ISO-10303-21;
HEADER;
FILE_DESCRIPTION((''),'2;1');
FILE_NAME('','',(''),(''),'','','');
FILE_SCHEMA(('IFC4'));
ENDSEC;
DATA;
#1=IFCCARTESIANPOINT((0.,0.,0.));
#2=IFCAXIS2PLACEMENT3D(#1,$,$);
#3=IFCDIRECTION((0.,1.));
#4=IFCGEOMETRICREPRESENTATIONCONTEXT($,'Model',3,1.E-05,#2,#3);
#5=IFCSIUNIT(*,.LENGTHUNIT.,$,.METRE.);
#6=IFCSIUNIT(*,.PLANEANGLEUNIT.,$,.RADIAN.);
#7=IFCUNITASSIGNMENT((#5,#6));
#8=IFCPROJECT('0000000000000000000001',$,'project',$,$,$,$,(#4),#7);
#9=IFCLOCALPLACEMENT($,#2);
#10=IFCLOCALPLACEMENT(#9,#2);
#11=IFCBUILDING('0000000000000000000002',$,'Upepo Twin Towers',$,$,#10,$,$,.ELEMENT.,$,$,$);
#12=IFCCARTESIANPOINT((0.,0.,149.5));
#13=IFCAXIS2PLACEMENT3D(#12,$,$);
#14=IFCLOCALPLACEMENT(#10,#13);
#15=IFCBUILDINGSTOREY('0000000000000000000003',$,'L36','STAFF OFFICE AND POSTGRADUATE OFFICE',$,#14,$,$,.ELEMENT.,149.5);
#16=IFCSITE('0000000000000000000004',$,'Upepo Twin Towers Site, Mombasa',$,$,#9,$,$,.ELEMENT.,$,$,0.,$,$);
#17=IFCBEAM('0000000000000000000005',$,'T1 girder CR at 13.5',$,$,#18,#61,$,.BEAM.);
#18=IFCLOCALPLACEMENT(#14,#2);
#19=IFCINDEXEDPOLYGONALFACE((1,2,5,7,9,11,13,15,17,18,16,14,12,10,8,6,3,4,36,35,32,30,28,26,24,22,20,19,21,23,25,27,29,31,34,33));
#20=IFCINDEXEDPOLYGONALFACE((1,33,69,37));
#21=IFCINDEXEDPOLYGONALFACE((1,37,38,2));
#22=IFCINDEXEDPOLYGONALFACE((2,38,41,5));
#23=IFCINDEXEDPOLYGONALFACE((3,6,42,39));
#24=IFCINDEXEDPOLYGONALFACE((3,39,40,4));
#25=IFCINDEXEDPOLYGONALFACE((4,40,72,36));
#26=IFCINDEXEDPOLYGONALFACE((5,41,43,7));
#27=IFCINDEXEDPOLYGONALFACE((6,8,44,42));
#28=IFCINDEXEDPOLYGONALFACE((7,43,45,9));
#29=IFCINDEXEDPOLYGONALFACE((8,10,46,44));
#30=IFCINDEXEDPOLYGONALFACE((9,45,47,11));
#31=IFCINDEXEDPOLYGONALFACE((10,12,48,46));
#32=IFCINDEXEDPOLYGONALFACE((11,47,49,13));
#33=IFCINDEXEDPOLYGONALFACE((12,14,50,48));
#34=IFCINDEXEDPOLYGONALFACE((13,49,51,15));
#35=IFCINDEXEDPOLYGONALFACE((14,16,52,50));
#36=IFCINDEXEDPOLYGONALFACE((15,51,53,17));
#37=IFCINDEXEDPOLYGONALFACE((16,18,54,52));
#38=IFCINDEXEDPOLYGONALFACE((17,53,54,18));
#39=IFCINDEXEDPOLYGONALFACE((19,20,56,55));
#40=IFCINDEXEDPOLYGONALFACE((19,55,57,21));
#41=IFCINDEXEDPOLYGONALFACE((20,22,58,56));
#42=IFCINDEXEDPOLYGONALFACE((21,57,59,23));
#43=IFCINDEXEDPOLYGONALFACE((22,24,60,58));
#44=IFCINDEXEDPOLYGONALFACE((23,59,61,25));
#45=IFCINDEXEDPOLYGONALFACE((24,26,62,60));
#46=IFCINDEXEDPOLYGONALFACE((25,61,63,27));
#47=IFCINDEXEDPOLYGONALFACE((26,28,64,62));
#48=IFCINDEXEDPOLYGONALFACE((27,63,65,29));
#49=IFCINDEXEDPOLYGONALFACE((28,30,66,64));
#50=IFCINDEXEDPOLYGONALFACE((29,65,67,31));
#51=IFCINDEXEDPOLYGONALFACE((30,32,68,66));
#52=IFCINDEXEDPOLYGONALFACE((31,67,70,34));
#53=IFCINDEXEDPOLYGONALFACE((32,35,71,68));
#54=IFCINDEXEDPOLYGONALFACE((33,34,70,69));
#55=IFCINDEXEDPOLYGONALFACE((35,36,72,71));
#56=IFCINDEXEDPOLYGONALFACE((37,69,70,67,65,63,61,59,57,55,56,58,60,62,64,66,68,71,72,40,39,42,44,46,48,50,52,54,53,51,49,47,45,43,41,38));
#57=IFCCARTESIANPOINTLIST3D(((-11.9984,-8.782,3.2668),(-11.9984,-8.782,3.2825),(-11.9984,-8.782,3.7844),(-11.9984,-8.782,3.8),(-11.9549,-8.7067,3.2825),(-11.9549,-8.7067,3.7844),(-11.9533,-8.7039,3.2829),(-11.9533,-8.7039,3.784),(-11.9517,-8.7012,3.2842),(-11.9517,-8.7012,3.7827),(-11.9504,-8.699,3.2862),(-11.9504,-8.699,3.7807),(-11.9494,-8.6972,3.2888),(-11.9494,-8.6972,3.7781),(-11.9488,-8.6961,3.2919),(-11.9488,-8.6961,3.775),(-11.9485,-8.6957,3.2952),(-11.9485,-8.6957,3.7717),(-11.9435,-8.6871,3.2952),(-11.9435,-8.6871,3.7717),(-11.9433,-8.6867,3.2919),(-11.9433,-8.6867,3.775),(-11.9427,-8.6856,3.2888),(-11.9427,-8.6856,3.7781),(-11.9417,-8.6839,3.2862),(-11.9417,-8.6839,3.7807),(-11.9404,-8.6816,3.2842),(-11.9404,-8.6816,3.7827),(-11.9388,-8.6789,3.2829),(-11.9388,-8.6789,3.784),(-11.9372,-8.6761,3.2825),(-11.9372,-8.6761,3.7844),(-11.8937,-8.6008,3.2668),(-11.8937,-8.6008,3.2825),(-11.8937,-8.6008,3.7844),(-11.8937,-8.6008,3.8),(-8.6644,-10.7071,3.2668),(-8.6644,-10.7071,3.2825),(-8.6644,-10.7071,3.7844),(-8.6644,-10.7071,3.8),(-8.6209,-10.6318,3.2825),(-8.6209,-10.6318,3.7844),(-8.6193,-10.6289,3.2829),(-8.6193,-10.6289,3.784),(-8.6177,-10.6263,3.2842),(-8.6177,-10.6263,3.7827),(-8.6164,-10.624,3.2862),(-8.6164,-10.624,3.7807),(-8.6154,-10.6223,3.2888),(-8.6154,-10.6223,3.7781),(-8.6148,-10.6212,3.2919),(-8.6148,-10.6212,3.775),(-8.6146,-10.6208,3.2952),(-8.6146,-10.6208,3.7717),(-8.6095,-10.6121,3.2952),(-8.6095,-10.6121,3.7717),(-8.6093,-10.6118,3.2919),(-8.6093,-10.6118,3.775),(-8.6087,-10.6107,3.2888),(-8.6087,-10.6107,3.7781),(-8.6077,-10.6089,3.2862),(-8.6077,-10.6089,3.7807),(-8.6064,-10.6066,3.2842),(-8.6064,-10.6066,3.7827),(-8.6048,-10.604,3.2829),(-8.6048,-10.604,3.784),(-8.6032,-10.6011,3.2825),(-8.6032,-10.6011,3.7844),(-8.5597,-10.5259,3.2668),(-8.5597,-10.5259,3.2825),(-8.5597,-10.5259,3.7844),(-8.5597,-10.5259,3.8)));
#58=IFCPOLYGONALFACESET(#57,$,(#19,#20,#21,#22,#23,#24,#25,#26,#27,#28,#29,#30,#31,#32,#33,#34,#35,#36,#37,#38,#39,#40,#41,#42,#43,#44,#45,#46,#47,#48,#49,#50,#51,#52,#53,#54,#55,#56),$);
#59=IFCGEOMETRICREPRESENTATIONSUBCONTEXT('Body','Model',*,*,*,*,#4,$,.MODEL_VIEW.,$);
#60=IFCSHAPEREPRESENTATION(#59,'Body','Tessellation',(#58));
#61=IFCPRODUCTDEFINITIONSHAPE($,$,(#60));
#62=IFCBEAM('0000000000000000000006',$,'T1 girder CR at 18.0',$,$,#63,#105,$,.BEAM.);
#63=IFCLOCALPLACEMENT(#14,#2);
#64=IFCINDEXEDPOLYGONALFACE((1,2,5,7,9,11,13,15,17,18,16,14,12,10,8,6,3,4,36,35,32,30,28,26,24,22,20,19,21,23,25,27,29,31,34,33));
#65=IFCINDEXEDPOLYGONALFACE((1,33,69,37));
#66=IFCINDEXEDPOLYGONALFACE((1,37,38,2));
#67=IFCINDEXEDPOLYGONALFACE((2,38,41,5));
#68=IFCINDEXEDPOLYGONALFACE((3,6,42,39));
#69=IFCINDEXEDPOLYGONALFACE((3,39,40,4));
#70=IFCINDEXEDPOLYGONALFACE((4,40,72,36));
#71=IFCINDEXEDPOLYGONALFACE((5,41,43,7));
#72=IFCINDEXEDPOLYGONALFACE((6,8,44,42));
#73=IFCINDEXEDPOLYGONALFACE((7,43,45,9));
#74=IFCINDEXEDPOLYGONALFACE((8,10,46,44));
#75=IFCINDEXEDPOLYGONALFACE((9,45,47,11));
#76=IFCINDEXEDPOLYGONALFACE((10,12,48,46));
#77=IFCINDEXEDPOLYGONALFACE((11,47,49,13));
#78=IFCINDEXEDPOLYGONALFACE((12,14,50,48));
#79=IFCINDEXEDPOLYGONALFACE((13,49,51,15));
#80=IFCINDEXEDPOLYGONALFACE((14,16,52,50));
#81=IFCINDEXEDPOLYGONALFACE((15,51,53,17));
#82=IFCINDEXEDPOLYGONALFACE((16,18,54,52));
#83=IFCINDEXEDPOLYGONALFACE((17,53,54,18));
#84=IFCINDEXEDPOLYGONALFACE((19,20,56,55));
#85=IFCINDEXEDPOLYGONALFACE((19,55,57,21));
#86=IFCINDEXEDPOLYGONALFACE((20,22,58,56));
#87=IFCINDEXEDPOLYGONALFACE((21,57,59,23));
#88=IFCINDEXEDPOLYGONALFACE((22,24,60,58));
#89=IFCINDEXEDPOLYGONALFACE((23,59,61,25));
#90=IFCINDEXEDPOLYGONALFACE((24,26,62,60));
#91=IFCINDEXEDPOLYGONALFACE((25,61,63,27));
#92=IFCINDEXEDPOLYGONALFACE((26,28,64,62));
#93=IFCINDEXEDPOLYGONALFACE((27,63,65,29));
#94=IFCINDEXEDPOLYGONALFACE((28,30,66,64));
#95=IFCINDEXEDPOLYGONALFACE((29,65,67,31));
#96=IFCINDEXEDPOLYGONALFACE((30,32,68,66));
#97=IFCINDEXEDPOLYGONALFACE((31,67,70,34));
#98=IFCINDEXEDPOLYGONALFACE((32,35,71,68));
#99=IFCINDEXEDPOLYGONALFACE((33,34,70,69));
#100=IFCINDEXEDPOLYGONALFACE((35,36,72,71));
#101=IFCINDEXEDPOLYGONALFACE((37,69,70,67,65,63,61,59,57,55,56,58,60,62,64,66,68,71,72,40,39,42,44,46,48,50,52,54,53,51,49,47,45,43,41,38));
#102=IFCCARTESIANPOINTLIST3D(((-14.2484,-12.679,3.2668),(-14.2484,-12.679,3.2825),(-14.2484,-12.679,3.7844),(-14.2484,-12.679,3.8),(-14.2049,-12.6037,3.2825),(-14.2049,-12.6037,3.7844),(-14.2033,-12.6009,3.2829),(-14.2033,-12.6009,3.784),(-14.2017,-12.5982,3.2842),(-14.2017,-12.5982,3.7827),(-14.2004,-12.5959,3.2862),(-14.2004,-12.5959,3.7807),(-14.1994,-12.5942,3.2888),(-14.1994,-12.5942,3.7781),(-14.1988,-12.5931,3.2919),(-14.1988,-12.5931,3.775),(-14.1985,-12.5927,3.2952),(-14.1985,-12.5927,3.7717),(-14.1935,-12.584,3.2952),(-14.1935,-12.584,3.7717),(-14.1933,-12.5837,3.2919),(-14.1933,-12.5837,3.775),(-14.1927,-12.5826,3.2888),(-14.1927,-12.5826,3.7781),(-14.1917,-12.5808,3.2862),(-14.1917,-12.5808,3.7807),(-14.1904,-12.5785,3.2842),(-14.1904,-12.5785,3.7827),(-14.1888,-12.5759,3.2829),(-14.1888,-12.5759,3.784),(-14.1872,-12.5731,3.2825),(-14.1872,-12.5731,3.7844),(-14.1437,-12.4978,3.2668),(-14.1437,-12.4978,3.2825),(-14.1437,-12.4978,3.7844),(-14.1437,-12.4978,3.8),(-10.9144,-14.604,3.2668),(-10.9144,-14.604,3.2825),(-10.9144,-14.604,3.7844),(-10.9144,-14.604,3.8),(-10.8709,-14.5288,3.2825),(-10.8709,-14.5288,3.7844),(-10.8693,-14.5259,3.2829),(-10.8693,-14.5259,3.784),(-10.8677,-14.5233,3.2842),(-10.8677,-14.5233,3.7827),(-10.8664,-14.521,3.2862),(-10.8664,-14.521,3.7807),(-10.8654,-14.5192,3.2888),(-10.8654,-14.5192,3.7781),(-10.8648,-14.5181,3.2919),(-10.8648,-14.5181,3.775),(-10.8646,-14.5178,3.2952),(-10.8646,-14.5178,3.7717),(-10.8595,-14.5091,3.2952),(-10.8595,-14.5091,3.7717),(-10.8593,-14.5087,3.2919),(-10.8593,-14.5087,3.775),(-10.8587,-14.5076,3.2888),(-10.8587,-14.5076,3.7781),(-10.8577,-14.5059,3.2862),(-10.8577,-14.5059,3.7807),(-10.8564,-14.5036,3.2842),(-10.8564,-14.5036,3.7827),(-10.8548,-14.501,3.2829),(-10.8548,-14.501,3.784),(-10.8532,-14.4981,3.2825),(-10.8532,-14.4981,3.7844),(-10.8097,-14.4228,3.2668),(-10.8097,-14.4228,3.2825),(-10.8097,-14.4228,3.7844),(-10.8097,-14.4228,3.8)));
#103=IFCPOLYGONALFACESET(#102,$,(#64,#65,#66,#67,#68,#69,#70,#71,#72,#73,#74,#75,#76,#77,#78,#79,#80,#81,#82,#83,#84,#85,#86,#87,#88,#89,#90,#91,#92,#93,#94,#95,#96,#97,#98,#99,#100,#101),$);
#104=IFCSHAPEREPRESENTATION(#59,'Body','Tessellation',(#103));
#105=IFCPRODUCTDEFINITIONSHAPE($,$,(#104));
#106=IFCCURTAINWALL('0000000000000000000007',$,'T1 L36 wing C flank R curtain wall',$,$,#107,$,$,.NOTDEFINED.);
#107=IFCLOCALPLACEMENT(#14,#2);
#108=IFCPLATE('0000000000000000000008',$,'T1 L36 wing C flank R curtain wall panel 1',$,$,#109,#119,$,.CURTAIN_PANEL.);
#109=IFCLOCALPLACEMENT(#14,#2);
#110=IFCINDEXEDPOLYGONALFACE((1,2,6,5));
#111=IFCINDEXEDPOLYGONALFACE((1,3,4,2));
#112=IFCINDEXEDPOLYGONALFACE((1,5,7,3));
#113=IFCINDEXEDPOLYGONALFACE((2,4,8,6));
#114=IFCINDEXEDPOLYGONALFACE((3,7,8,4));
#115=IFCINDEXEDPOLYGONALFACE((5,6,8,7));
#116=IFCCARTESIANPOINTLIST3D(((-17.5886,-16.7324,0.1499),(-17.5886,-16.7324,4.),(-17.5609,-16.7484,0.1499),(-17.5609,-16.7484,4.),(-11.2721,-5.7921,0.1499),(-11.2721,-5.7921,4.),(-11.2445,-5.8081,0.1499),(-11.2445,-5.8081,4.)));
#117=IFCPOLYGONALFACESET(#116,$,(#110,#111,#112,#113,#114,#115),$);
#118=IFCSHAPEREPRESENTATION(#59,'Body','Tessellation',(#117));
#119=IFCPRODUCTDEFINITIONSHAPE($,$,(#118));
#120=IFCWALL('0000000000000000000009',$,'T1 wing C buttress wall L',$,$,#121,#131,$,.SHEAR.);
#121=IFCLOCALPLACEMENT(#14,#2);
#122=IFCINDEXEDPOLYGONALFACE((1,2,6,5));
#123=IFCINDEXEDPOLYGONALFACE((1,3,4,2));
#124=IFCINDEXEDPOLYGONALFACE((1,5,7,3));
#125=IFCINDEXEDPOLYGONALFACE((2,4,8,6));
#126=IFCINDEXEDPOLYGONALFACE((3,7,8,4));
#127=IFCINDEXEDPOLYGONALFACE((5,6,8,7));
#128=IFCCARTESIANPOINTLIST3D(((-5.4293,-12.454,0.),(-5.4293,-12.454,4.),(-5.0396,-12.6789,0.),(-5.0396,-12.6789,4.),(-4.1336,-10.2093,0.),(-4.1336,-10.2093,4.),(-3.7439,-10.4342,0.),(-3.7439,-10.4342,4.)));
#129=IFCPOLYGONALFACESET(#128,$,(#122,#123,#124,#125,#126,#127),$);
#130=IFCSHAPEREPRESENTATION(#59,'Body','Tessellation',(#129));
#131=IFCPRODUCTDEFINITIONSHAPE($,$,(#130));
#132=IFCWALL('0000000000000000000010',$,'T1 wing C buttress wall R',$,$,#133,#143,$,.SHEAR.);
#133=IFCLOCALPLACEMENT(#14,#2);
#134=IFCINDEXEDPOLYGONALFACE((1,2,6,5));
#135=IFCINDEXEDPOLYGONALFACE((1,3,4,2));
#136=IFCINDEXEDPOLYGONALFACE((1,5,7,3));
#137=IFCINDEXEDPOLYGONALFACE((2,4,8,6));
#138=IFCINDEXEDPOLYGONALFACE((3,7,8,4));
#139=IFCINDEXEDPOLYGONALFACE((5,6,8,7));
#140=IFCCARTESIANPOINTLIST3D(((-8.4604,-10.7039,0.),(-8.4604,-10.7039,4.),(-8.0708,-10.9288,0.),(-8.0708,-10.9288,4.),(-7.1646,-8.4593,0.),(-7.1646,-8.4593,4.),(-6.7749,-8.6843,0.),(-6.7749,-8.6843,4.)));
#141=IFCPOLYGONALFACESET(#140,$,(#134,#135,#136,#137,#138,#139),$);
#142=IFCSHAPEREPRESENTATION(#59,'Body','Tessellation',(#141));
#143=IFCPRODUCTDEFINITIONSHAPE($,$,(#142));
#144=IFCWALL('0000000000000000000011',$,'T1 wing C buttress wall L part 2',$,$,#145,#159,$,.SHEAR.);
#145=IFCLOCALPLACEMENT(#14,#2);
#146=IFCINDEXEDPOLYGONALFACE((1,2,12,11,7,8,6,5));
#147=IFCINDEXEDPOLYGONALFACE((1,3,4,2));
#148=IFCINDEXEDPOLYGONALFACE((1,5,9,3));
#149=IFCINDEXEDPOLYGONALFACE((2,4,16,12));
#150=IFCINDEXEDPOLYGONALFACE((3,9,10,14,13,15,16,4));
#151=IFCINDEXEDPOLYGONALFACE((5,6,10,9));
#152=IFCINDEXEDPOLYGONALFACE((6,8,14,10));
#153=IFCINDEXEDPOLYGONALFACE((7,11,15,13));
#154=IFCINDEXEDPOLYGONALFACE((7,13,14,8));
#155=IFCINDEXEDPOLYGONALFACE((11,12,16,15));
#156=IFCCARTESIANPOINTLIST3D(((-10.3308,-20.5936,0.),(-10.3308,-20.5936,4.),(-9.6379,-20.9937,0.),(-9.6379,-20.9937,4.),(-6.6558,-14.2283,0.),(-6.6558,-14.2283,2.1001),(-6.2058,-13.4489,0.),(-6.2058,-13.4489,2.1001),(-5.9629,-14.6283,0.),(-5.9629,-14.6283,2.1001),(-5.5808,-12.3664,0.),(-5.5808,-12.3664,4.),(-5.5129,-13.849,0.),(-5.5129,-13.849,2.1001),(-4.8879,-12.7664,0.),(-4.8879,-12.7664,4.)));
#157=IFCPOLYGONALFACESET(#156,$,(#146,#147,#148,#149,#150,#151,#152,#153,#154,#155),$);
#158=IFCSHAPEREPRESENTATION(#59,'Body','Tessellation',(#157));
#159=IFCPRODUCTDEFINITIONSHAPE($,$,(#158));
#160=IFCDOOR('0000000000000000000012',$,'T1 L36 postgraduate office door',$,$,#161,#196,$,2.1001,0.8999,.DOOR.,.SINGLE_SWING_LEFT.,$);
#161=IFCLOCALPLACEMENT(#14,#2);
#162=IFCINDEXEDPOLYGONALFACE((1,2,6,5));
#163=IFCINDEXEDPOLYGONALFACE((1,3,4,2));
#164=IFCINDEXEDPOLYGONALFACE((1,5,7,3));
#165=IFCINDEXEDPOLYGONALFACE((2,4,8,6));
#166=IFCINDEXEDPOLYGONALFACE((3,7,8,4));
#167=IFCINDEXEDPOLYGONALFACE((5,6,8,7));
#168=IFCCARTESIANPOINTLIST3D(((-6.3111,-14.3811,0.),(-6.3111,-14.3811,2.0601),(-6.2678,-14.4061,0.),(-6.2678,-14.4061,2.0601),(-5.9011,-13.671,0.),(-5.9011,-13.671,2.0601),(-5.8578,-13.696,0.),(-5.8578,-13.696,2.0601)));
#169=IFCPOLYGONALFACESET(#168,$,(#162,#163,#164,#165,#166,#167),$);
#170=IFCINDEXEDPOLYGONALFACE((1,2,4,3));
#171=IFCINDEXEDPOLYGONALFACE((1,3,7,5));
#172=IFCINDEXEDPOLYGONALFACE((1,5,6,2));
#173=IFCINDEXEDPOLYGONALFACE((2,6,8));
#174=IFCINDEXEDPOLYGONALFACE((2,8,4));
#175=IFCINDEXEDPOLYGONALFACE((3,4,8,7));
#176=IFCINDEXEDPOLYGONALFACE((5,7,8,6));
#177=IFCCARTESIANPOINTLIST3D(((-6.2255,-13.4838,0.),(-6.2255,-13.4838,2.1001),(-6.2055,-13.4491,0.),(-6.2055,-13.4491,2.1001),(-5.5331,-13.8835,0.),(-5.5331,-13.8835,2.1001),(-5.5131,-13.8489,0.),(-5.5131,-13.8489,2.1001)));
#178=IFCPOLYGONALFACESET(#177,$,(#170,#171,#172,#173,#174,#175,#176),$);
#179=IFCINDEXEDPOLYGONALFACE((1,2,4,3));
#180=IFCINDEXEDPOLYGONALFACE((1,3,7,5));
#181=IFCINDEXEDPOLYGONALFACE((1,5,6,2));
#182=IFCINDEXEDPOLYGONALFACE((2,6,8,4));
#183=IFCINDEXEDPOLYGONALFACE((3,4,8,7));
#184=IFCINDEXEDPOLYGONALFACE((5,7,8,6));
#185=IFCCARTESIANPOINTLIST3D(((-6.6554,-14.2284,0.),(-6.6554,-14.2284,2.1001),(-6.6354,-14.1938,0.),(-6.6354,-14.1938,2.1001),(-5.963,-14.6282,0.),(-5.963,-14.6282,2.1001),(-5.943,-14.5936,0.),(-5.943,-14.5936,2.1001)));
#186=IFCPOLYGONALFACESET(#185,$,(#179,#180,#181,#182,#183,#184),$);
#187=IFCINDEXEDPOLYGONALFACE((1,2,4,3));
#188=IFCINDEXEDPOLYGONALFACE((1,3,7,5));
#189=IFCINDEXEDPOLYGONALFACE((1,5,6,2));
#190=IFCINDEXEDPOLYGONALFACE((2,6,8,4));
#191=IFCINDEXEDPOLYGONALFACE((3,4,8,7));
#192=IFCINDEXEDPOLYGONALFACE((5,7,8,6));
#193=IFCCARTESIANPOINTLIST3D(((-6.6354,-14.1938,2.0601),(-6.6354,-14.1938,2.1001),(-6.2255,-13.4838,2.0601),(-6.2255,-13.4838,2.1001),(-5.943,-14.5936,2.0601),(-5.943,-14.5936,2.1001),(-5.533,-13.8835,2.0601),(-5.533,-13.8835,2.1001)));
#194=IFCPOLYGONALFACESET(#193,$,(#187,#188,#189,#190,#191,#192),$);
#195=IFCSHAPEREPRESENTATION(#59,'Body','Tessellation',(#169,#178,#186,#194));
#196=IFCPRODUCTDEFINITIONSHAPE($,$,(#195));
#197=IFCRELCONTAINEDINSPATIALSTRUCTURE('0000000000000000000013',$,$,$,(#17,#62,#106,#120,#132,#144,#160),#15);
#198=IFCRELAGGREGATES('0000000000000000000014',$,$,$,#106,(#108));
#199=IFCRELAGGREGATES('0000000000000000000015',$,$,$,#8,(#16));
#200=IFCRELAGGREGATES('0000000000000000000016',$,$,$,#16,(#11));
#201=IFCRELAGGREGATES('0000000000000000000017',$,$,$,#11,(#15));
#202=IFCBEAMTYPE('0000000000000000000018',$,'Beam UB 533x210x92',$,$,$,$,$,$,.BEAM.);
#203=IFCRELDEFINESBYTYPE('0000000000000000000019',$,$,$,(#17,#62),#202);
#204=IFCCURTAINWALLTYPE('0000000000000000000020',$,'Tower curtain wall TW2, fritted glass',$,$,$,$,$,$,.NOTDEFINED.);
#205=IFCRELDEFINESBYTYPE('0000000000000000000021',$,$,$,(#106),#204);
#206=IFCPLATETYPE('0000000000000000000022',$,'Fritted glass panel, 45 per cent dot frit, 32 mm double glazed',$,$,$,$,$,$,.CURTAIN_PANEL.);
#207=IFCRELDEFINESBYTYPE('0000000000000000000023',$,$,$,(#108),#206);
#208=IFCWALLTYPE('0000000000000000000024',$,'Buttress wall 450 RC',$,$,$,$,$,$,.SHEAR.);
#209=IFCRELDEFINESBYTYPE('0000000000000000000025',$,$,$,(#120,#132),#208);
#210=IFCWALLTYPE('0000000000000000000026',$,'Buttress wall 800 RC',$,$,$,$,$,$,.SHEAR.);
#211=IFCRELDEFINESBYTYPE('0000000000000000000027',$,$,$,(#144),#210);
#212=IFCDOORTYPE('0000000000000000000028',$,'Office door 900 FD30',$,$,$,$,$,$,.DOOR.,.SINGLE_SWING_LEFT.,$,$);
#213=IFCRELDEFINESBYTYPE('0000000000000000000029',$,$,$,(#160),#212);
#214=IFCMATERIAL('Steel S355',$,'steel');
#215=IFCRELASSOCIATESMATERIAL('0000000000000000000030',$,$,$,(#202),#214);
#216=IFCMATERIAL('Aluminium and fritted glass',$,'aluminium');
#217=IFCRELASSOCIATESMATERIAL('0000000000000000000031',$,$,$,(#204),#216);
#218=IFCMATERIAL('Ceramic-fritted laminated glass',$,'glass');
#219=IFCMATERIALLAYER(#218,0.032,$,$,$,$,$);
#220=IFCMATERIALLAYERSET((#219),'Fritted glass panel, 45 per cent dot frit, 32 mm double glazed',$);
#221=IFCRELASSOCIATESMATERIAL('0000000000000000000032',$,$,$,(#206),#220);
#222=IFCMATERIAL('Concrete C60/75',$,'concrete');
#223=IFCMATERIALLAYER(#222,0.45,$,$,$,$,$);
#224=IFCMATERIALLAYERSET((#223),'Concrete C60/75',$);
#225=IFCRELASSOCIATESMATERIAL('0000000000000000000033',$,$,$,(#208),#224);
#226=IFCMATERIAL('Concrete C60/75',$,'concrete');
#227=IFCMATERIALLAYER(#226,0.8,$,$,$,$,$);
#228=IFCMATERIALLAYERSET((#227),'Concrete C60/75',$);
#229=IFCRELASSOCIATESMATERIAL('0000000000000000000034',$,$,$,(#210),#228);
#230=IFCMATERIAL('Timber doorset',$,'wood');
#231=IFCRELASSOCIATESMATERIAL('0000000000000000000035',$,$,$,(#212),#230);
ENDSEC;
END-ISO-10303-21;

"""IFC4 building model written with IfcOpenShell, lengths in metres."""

from ifc_helpers import new_model, si_unit, direction, frame, frame_2d, origin, origin_2d, place, context, subcontext, project, spatial, rectangle, i_section, extrude, material, layer, layer_set, material_profile, profile_set, type_object, element, fill, aggregate, save


model = new_model("IFC4")

# Units and contexts
model_context = context("Model", 3, precision=1e-05, world=origin(), true_north=direction((0.0, 1.0)))
body_context = subcontext(model_context, "Body", "Model", "MODEL_VIEW")
ifc_project = project(units=[si_unit("LENGTHUNIT", "METRE"), si_unit("PLANEANGLEUNIT", "RADIAN")], contexts=[model_context])

# Site, building, storey
site_placement = place(None, origin())
site = spatial("IfcSite", under=ifc_project, at=site_placement, Name="Upepo Twin Towers Site, Mombasa", CompositionType="ELEMENT", RefElevation=0.0)
building_placement = place(site_placement, origin())
building = spatial("IfcBuilding", under=site, at=building_placement, Name="Upepo Twin Towers", CompositionType="ELEMENT")
storey_placement = place(building_placement, frame((0.0, 0.0, 149.5)))
storey = spatial("IfcBuildingStorey", under=building, at=storey_placement, Name="L36", Description="STAFF OFFICE AND POSTGRADUATE OFFICE", CompositionType="ELEMENT", Elevation=149.5)

# Beams
ifc_material_1 = material(Name="Steel S355", Category="steel")
ifc_material_profile_1 = material_profile(ifc_material_1, i_section(OverallWidth=0.2092, OverallDepth=0.5332, WebThickness=0.01, FlangeThickness=0.0156, FilletRadius=0.0127, at=origin_2d()), Name="UB 533x210x92")
ifc_profile_set_1 = profile_set([ifc_material_profile_1], Name="Steel S355")
beam_type_1 = type_object("IfcBeamType", Name="Beam UB 533x210x92", PredefinedType="BEAM", material=ifc_profile_set_1)
for number, where, z_axis, x_axis, name in (
    (1, (-11.946, -8.6914, 3.5334), (0.866006, -0.500034, 0.0), (0.500034, 0.866006, 0.0), "T1 girder CR at 13.5"),
    (2, (-14.196, -12.5884, 3.5334), (0.866006, -0.500034, 0.0), (0.500034, 0.866006, 0.0), "T1 girder CR at 18.0"),
):
    element("IfcBeam", number, at=place(storey_placement, frame(where, z_axis=z_axis, x_axis=x_axis)), inside=storey, type_object=beam_type_1, Name=name, PredefinedType="BEAM", context=body_context, shape_type="SweptSolid", body=[
        extrude(i_section(OverallWidth=0.2092, OverallDepth=0.5332, WebThickness=0.01, FlangeThickness=0.0156, FilletRadius=0.0127, at=origin_2d()), origin(), (0.0, 0.0, 1.0), 3.8499),
    ])

# Curtain wall, plate
ifc_material_2 = material(Name="Aluminium and fritted glass", Category="aluminium")
curtain_wall_type = type_object("IfcCurtainWallType", Name="Tower curtain wall TW2, fritted glass", PredefinedType="NOTDEFINED", material=ifc_material_2)
curtain_wall_placement = place(storey_placement, origin())
curtain_wall = element("IfcCurtainWall", 3, at=curtain_wall_placement, inside=storey, type_object=curtain_wall_type, Name="T1 L36 wing C flank R curtain wall", PredefinedType="NOTDEFINED")
ifc_material_3 = material(Name="Ceramic-fritted laminated glass", Category="glass")
ifc_layer_1 = layer(ifc_material_3, 0.032)
ifc_layer_set_1 = layer_set([ifc_layer_1], Name="Fritted glass panel, 45 per cent dot frit, 32 mm double glazed")
plate_type = type_object("IfcPlateType", Name="Fritted glass panel, 45 per cent dot frit, 32 mm double glazed", PredefinedType="CURTAIN_PANEL", material=ifc_layer_set_1)
plate_placement = place(storey_placement, frame((-14.4165, -11.2703, 0.1499), z_axis=(0.0, 0.0, 1.0), x_axis=(0.5, 0.866025, 0.0)))
plate = element("IfcPlate", 4, at=plate_placement, type_object=plate_type, Name="T1 L36 wing C flank R curtain wall panel 1", PredefinedType="CURTAIN_PANEL", context=body_context, shape_type="SweptSolid", body=[
    extrude(rectangle(XDim=12.6328, YDim=0.032, at=origin_2d()), origin(), (0.0, 0.0, 1.0), 3.8501),
])
aggregate(curtain_wall, [plate])

# Walls
ifc_material_4 = material(Name="Concrete C60/75", Category="concrete")
ifc_layer_2 = layer(ifc_material_4, 0.45)
ifc_layer_set_2 = layer_set([ifc_layer_2], Name="Concrete C60/75")
wall_type_1 = type_object("IfcWallType", Name="Buttress wall 450 RC", PredefinedType="SHEAR", material=ifc_layer_set_2)
for number, where, z_axis, x_axis, name in (
    (5, (-3.9387, -10.3218, 0.0), (0.0, 0.0, 1.0), (-0.499918, -0.866073, 0.0), "T1 wing C buttress wall L"),
    (6, (-6.9697, -8.5718, 0.0), (0.0, 0.0, 1.0), (-0.499989, -0.866032, 0.0), "T1 wing C buttress wall R"),
):
    element("IfcWall", number, at=place(storey_placement, frame(where, z_axis=z_axis, x_axis=x_axis)), inside=storey, type_object=wall_type_1, Name=name, PredefinedType="SHEAR", context=body_context, shape_type="SweptSolid", body=[
        extrude(rectangle(XDim=2.5918, YDim=0.45, at=frame_2d((1.2959, 0.0))), origin(), (0.0, 0.0, 1.0), 4.0),
    ])

# Wall, opening, door
ifc_material_5 = material(Name="Concrete C60/75", Category="concrete")
ifc_layer_3 = layer(ifc_material_5, 0.8)
ifc_layer_set_3 = layer_set([ifc_layer_3], Name="Concrete C60/75")
wall_type_2 = type_object("IfcWallType", Name="Buttress wall 800 RC", PredefinedType="SHEAR", material=ifc_layer_set_3)
wall_1_placement = place(storey_placement, frame((-5.2344, -12.5664, 0.0), z_axis=(0.0, 0.0, 1.0), x_axis=(-0.499998, -0.866027, 0.0)))
wall_1 = element("IfcWall", 7, at=wall_1_placement, inside=storey, type_object=wall_type_2, Name="T1 wing C buttress wall L part 2", PredefinedType="SHEAR", context=body_context, shape_type="SweptSolid", body=[
    extrude(rectangle(XDim=9.5, YDim=0.8, at=frame_2d((4.75, 0.0))), origin(), (0.0, 0.0, 1.0), 4.0),
])
opening_1_placement = place(wall_1_placement, frame((1.25, 0.0, 0.0)))
opening_1 = element("IfcOpeningElement", 8, at=opening_1_placement, cuts=wall_1, PredefinedType="OPENING", context=body_context, shape_type="SweptSolid", body=[
    extrude(rectangle(XDim=0.8999, YDim=2.1001, at=frame_2d((0.45, 1.05))), frame((0.0, 0.4099, 0.0), z_axis=(0.0, -1.0, 0.0), x_axis=(1.0, 0.0, 0.0)), (0.0, 0.0, 1.0), 0.8201),
])
ifc_material_6 = material(Name="Timber doorset", Category="wood")
door_type_1 = type_object("IfcDoorType", Name="Office door 900 FD30", OperationType="SINGLE_SWING_LEFT", PredefinedType="DOOR", material=ifc_material_6)
door_1_placement = place(opening_1_placement, origin())
door_1 = element("IfcDoor", 9, at=door_1_placement, inside=storey, type_object=door_type_1, Name="T1 L36 postgraduate office door", OperationType="SINGLE_SWING_LEFT", OverallHeight=2.1001, OverallWidth=0.8999, PredefinedType="DOOR", context=body_context, shape_type="SweptSolid", body=[
    extrude(rectangle(XDim=0.8199, YDim=2.0601, at=frame_2d((0.45, 1.03))), frame((0.0, 0.0249, 0.0), z_axis=(0.0, -1.0, 0.0), x_axis=(1.0, 0.0, 0.0)), (0.0, 0.0, 1.0), 0.05),
    extrude(rectangle(XDim=0.04, YDim=2.1001, at=frame_2d((0.02, 1.05))), frame((0.0, 0.3999, 0.0), z_axis=(0.0, -1.0, 0.0), x_axis=(1.0, 0.0, 0.0)), (0.0, 0.0, 1.0), 0.7996),
    extrude(rectangle(XDim=0.04, YDim=2.1001, at=frame_2d((0.8799, 1.05))), frame((0.0, 0.3999, 0.0), z_axis=(0.0, -1.0, 0.0), x_axis=(1.0, 0.0, 0.0)), (0.0, 0.0, 1.0), 0.7996),
    extrude(rectangle(XDim=0.8199, YDim=0.04, at=frame_2d((0.45, 2.0801))), frame((0.0, 0.3999, 0.0), z_axis=(0.0, -1.0, 0.0), x_axis=(1.0, 0.0, 0.0)), (0.0, 0.0, 1.0), 0.7996),
])
fill(opening_1, door_1)

save(model, "model.ifc")
